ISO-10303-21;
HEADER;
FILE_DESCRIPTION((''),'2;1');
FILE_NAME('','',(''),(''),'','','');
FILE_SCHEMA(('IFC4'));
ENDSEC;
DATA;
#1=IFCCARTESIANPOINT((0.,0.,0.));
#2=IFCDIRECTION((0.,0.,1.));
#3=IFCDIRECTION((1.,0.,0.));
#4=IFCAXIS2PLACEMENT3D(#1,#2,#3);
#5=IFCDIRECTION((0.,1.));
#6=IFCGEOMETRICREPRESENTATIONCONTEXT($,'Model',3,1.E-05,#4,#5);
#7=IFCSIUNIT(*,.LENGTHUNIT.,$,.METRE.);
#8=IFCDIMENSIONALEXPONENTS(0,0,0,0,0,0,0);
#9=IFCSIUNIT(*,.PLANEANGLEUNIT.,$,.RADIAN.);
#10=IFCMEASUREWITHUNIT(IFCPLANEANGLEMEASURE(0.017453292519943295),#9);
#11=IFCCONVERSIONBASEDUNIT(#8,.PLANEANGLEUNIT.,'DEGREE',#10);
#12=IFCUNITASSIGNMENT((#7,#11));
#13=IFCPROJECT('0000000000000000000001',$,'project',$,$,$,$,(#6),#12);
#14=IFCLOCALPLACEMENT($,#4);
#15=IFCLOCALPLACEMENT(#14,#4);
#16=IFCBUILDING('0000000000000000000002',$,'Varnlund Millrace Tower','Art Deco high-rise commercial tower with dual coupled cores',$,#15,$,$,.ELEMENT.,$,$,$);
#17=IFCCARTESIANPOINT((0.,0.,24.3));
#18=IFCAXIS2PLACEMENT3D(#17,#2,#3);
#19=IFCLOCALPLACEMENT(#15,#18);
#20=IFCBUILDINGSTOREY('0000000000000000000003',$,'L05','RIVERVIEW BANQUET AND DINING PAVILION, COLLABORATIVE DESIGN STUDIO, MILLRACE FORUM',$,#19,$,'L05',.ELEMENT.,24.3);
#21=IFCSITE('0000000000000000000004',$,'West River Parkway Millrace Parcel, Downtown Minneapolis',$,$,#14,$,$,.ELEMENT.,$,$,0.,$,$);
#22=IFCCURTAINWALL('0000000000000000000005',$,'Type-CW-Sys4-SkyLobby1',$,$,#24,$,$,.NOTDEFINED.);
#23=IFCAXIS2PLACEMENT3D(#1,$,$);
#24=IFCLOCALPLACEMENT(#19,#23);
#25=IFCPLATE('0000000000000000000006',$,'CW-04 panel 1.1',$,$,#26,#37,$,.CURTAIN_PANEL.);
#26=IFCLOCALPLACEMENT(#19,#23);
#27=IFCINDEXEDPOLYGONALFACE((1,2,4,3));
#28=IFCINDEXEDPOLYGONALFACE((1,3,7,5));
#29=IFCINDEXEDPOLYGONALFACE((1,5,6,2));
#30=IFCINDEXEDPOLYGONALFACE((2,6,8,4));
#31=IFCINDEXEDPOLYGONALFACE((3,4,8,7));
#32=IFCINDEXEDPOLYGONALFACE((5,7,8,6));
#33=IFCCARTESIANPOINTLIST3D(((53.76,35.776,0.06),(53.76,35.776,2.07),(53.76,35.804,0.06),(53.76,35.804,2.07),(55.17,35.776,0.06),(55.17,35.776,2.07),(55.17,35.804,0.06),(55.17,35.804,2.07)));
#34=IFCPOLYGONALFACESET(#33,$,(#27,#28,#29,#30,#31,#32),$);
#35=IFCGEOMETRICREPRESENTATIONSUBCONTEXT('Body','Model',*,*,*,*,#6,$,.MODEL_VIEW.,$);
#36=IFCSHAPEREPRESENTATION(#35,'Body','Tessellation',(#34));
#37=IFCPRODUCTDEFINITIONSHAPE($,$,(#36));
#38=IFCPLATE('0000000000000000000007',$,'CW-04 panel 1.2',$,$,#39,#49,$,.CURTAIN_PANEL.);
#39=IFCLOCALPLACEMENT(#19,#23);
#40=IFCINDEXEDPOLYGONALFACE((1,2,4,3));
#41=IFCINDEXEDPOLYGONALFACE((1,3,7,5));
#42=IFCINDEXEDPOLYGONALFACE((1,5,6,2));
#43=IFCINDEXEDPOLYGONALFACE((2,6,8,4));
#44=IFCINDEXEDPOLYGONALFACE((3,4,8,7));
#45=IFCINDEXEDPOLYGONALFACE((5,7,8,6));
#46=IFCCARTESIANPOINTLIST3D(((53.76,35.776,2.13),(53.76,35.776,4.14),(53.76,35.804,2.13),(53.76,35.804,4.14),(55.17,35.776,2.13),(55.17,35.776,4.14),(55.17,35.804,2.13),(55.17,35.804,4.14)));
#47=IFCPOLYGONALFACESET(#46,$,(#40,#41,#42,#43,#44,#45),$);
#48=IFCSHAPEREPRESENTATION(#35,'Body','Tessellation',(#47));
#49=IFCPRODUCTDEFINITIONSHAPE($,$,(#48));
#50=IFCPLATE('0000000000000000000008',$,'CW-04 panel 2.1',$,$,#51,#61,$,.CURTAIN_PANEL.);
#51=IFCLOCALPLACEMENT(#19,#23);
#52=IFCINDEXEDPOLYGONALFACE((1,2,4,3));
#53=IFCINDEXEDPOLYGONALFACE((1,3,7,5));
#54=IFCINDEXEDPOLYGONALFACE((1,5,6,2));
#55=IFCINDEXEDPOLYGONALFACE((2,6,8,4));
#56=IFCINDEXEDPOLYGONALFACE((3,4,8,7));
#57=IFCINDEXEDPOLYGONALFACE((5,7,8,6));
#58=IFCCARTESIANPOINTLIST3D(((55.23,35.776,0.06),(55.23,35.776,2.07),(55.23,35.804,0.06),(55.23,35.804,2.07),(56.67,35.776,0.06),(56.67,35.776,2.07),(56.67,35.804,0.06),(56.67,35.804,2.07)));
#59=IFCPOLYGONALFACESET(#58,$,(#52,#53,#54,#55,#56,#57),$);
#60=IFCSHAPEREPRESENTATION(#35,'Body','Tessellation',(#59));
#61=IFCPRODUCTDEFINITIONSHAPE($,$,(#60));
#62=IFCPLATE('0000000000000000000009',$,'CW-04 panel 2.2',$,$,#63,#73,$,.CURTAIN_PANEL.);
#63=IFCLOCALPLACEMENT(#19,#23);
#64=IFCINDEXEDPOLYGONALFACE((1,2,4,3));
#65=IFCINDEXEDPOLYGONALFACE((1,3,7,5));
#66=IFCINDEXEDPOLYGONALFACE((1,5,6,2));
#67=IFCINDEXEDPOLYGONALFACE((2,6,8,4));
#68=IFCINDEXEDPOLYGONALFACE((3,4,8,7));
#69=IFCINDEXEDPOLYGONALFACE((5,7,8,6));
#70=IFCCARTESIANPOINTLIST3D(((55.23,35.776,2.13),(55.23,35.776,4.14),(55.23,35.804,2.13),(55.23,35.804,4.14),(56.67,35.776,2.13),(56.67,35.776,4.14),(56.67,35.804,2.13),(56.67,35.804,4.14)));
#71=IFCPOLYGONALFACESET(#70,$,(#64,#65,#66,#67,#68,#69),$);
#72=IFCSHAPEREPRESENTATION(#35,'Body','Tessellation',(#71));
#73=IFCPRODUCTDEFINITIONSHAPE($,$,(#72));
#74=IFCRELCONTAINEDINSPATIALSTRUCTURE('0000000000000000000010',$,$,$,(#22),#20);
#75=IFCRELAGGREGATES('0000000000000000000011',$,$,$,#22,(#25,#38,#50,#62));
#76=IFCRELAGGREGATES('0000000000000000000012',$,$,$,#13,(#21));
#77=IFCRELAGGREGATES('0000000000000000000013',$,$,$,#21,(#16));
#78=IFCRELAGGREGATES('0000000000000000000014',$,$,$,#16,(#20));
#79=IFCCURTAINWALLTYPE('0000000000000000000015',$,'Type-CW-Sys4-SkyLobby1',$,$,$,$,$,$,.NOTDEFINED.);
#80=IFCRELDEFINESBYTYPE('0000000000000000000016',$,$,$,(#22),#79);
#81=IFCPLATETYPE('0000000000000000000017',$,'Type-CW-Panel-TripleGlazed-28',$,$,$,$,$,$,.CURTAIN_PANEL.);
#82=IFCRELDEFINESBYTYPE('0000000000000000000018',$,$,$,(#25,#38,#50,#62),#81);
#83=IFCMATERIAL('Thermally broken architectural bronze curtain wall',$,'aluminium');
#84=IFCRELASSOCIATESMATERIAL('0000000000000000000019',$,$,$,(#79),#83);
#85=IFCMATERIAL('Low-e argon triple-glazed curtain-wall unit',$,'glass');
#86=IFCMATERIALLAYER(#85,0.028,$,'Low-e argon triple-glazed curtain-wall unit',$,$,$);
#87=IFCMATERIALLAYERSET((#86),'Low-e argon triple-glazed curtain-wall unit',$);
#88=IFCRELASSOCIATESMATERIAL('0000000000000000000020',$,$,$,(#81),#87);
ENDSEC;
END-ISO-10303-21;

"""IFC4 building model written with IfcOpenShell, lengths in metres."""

from ifc_helpers import new_model, entity, si_unit, converted_unit, direction, frame, origin_with_axes, origin_2d_with_axis, place, context, subcontext, project, spatial, rectangle, extrude, material, layer, layer_set, type_object, element, aggregate, save


model = new_model("IFC4")

# Units and contexts
model_context = context("Model", 3, precision=1e-05, world=origin_with_axes(), true_north=direction((0.0, 1.0)))
body_context = subcontext(model_context, "Body", "Model", "MODEL_VIEW")
ifc_project = project(units=[si_unit("LENGTHUNIT", "METRE"), converted_unit("PLANEANGLEUNIT", "DEGREE", entity("IfcPlaneAngleMeasure", 0.017453292519943295), si_unit("PLANEANGLEUNIT", "RADIAN"), dimensions=[0, 0, 0, 0, 0, 0, 0])], contexts=[model_context])

# Site, building, storey
site_placement = place(None, origin_with_axes())
site = spatial("IfcSite", under=ifc_project, at=site_placement, Name="West River Parkway Millrace Parcel, Downtown Minneapolis", CompositionType="ELEMENT", RefElevation=0.0)
building_placement = place(site_placement, origin_with_axes())
building = spatial("IfcBuilding", under=site, at=building_placement, Name="Varnlund Millrace Tower", Description="Art Deco high-rise commercial tower with dual coupled cores", CompositionType="ELEMENT")
storey_placement = place(building_placement, frame((0.0, 0.0, 24.3), z_axis=(0.0, 0.0, 1.0), x_axis=(1.0, 0.0, 0.0)))
storey = spatial("IfcBuildingStorey", under=building, at=storey_placement, Name="L05", Description="RIVERVIEW BANQUET AND DINING PAVILION, COLLABORATIVE DESIGN STUDIO, MILLRACE FORUM", LongName="L05", CompositionType="ELEMENT", Elevation=24.3)

# Curtain wall
ifc_material_1 = material(Name="Thermally broken architectural bronze curtain wall", Category="aluminium")
curtain_wall_type = type_object("IfcCurtainWallType", Name="Type-CW-Sys4-SkyLobby1", PredefinedType="NOTDEFINED", material=ifc_material_1)
curtain_wall_placement = place(storey_placement, frame((53.7, 35.79, 0.0), z_axis=(0.0, 0.0, 1.0), x_axis=(1.0, 0.0, 0.0)))
curtain_wall = element("IfcCurtainWall", 1, at=curtain_wall_placement, inside=storey, type_object=curtain_wall_type, Name="Type-CW-Sys4-SkyLobby1", PredefinedType="NOTDEFINED")

# Plates
ifc_material_2 = material(Name="Low-e argon triple-glazed curtain-wall unit", Category="glass")
ifc_layer_1 = layer(ifc_material_2, 0.028, Name="Low-e argon triple-glazed curtain-wall unit")
ifc_layer_set_1 = layer_set([ifc_layer_1], Name="Low-e argon triple-glazed curtain-wall unit")
plate_type = type_object("IfcPlateType", Name="Type-CW-Panel-TripleGlazed-28", PredefinedType="CURTAIN_PANEL", material=ifc_layer_set_1)
plate_1_placement = place(storey_placement, frame((54.465, 35.79, 0.06), z_axis=(0.0, 0.0, 1.0), x_axis=(1.0, 0.0, 0.0)))
plate_1 = element("IfcPlate", 2, at=plate_1_placement, type_object=plate_type, Name="CW-04 panel 1.1", PredefinedType="CURTAIN_PANEL", context=body_context, shape_type="SweptSolid", body=[
    extrude(rectangle(XDim=1.41, YDim=0.028, at=origin_2d_with_axis()), origin_with_axes(), (0.0, 0.0, 1.0), 2.01),
])
plate_2_placement = place(storey_placement, frame((54.465, 35.79, 2.13), z_axis=(0.0, 0.0, 1.0), x_axis=(1.0, 0.0, 0.0)))
plate_2 = element("IfcPlate", 3, at=plate_2_placement, type_object=plate_type, Name="CW-04 panel 1.2", PredefinedType="CURTAIN_PANEL", context=body_context, shape_type="SweptSolid", body=[
    extrude(rectangle(XDim=1.41, YDim=0.028, at=origin_2d_with_axis()), origin_with_axes(), (0.0, 0.0, 1.0), 2.01),
])
plate_3_placement = place(storey_placement, frame((55.95, 35.79, 0.06), z_axis=(0.0, 0.0, 1.0), x_axis=(1.0, 0.0, 0.0)))
plate_3 = element("IfcPlate", 4, at=plate_3_placement, type_object=plate_type, Name="CW-04 panel 2.1", PredefinedType="CURTAIN_PANEL", context=body_context, shape_type="SweptSolid", body=[
    extrude(rectangle(XDim=1.44, YDim=0.028, at=origin_2d_with_axis()), origin_with_axes(), (0.0, 0.0, 1.0), 2.01),
])
plate_4_placement = place(storey_placement, frame((55.95, 35.79, 2.13), z_axis=(0.0, 0.0, 1.0), x_axis=(1.0, 0.0, 0.0)))
plate_4 = element("IfcPlate", 5, at=plate_4_placement, type_object=plate_type, Name="CW-04 panel 2.2", PredefinedType="CURTAIN_PANEL", context=body_context, shape_type="SweptSolid", body=[
    extrude(rectangle(XDim=1.44, YDim=0.028, at=origin_2d_with_axis()), origin_with_axes(), (0.0, 0.0, 1.0), 2.01),
])
aggregate(curtain_wall, [plate_1, plate_2, plate_3, plate_4])

save(model, "model.ifc")
